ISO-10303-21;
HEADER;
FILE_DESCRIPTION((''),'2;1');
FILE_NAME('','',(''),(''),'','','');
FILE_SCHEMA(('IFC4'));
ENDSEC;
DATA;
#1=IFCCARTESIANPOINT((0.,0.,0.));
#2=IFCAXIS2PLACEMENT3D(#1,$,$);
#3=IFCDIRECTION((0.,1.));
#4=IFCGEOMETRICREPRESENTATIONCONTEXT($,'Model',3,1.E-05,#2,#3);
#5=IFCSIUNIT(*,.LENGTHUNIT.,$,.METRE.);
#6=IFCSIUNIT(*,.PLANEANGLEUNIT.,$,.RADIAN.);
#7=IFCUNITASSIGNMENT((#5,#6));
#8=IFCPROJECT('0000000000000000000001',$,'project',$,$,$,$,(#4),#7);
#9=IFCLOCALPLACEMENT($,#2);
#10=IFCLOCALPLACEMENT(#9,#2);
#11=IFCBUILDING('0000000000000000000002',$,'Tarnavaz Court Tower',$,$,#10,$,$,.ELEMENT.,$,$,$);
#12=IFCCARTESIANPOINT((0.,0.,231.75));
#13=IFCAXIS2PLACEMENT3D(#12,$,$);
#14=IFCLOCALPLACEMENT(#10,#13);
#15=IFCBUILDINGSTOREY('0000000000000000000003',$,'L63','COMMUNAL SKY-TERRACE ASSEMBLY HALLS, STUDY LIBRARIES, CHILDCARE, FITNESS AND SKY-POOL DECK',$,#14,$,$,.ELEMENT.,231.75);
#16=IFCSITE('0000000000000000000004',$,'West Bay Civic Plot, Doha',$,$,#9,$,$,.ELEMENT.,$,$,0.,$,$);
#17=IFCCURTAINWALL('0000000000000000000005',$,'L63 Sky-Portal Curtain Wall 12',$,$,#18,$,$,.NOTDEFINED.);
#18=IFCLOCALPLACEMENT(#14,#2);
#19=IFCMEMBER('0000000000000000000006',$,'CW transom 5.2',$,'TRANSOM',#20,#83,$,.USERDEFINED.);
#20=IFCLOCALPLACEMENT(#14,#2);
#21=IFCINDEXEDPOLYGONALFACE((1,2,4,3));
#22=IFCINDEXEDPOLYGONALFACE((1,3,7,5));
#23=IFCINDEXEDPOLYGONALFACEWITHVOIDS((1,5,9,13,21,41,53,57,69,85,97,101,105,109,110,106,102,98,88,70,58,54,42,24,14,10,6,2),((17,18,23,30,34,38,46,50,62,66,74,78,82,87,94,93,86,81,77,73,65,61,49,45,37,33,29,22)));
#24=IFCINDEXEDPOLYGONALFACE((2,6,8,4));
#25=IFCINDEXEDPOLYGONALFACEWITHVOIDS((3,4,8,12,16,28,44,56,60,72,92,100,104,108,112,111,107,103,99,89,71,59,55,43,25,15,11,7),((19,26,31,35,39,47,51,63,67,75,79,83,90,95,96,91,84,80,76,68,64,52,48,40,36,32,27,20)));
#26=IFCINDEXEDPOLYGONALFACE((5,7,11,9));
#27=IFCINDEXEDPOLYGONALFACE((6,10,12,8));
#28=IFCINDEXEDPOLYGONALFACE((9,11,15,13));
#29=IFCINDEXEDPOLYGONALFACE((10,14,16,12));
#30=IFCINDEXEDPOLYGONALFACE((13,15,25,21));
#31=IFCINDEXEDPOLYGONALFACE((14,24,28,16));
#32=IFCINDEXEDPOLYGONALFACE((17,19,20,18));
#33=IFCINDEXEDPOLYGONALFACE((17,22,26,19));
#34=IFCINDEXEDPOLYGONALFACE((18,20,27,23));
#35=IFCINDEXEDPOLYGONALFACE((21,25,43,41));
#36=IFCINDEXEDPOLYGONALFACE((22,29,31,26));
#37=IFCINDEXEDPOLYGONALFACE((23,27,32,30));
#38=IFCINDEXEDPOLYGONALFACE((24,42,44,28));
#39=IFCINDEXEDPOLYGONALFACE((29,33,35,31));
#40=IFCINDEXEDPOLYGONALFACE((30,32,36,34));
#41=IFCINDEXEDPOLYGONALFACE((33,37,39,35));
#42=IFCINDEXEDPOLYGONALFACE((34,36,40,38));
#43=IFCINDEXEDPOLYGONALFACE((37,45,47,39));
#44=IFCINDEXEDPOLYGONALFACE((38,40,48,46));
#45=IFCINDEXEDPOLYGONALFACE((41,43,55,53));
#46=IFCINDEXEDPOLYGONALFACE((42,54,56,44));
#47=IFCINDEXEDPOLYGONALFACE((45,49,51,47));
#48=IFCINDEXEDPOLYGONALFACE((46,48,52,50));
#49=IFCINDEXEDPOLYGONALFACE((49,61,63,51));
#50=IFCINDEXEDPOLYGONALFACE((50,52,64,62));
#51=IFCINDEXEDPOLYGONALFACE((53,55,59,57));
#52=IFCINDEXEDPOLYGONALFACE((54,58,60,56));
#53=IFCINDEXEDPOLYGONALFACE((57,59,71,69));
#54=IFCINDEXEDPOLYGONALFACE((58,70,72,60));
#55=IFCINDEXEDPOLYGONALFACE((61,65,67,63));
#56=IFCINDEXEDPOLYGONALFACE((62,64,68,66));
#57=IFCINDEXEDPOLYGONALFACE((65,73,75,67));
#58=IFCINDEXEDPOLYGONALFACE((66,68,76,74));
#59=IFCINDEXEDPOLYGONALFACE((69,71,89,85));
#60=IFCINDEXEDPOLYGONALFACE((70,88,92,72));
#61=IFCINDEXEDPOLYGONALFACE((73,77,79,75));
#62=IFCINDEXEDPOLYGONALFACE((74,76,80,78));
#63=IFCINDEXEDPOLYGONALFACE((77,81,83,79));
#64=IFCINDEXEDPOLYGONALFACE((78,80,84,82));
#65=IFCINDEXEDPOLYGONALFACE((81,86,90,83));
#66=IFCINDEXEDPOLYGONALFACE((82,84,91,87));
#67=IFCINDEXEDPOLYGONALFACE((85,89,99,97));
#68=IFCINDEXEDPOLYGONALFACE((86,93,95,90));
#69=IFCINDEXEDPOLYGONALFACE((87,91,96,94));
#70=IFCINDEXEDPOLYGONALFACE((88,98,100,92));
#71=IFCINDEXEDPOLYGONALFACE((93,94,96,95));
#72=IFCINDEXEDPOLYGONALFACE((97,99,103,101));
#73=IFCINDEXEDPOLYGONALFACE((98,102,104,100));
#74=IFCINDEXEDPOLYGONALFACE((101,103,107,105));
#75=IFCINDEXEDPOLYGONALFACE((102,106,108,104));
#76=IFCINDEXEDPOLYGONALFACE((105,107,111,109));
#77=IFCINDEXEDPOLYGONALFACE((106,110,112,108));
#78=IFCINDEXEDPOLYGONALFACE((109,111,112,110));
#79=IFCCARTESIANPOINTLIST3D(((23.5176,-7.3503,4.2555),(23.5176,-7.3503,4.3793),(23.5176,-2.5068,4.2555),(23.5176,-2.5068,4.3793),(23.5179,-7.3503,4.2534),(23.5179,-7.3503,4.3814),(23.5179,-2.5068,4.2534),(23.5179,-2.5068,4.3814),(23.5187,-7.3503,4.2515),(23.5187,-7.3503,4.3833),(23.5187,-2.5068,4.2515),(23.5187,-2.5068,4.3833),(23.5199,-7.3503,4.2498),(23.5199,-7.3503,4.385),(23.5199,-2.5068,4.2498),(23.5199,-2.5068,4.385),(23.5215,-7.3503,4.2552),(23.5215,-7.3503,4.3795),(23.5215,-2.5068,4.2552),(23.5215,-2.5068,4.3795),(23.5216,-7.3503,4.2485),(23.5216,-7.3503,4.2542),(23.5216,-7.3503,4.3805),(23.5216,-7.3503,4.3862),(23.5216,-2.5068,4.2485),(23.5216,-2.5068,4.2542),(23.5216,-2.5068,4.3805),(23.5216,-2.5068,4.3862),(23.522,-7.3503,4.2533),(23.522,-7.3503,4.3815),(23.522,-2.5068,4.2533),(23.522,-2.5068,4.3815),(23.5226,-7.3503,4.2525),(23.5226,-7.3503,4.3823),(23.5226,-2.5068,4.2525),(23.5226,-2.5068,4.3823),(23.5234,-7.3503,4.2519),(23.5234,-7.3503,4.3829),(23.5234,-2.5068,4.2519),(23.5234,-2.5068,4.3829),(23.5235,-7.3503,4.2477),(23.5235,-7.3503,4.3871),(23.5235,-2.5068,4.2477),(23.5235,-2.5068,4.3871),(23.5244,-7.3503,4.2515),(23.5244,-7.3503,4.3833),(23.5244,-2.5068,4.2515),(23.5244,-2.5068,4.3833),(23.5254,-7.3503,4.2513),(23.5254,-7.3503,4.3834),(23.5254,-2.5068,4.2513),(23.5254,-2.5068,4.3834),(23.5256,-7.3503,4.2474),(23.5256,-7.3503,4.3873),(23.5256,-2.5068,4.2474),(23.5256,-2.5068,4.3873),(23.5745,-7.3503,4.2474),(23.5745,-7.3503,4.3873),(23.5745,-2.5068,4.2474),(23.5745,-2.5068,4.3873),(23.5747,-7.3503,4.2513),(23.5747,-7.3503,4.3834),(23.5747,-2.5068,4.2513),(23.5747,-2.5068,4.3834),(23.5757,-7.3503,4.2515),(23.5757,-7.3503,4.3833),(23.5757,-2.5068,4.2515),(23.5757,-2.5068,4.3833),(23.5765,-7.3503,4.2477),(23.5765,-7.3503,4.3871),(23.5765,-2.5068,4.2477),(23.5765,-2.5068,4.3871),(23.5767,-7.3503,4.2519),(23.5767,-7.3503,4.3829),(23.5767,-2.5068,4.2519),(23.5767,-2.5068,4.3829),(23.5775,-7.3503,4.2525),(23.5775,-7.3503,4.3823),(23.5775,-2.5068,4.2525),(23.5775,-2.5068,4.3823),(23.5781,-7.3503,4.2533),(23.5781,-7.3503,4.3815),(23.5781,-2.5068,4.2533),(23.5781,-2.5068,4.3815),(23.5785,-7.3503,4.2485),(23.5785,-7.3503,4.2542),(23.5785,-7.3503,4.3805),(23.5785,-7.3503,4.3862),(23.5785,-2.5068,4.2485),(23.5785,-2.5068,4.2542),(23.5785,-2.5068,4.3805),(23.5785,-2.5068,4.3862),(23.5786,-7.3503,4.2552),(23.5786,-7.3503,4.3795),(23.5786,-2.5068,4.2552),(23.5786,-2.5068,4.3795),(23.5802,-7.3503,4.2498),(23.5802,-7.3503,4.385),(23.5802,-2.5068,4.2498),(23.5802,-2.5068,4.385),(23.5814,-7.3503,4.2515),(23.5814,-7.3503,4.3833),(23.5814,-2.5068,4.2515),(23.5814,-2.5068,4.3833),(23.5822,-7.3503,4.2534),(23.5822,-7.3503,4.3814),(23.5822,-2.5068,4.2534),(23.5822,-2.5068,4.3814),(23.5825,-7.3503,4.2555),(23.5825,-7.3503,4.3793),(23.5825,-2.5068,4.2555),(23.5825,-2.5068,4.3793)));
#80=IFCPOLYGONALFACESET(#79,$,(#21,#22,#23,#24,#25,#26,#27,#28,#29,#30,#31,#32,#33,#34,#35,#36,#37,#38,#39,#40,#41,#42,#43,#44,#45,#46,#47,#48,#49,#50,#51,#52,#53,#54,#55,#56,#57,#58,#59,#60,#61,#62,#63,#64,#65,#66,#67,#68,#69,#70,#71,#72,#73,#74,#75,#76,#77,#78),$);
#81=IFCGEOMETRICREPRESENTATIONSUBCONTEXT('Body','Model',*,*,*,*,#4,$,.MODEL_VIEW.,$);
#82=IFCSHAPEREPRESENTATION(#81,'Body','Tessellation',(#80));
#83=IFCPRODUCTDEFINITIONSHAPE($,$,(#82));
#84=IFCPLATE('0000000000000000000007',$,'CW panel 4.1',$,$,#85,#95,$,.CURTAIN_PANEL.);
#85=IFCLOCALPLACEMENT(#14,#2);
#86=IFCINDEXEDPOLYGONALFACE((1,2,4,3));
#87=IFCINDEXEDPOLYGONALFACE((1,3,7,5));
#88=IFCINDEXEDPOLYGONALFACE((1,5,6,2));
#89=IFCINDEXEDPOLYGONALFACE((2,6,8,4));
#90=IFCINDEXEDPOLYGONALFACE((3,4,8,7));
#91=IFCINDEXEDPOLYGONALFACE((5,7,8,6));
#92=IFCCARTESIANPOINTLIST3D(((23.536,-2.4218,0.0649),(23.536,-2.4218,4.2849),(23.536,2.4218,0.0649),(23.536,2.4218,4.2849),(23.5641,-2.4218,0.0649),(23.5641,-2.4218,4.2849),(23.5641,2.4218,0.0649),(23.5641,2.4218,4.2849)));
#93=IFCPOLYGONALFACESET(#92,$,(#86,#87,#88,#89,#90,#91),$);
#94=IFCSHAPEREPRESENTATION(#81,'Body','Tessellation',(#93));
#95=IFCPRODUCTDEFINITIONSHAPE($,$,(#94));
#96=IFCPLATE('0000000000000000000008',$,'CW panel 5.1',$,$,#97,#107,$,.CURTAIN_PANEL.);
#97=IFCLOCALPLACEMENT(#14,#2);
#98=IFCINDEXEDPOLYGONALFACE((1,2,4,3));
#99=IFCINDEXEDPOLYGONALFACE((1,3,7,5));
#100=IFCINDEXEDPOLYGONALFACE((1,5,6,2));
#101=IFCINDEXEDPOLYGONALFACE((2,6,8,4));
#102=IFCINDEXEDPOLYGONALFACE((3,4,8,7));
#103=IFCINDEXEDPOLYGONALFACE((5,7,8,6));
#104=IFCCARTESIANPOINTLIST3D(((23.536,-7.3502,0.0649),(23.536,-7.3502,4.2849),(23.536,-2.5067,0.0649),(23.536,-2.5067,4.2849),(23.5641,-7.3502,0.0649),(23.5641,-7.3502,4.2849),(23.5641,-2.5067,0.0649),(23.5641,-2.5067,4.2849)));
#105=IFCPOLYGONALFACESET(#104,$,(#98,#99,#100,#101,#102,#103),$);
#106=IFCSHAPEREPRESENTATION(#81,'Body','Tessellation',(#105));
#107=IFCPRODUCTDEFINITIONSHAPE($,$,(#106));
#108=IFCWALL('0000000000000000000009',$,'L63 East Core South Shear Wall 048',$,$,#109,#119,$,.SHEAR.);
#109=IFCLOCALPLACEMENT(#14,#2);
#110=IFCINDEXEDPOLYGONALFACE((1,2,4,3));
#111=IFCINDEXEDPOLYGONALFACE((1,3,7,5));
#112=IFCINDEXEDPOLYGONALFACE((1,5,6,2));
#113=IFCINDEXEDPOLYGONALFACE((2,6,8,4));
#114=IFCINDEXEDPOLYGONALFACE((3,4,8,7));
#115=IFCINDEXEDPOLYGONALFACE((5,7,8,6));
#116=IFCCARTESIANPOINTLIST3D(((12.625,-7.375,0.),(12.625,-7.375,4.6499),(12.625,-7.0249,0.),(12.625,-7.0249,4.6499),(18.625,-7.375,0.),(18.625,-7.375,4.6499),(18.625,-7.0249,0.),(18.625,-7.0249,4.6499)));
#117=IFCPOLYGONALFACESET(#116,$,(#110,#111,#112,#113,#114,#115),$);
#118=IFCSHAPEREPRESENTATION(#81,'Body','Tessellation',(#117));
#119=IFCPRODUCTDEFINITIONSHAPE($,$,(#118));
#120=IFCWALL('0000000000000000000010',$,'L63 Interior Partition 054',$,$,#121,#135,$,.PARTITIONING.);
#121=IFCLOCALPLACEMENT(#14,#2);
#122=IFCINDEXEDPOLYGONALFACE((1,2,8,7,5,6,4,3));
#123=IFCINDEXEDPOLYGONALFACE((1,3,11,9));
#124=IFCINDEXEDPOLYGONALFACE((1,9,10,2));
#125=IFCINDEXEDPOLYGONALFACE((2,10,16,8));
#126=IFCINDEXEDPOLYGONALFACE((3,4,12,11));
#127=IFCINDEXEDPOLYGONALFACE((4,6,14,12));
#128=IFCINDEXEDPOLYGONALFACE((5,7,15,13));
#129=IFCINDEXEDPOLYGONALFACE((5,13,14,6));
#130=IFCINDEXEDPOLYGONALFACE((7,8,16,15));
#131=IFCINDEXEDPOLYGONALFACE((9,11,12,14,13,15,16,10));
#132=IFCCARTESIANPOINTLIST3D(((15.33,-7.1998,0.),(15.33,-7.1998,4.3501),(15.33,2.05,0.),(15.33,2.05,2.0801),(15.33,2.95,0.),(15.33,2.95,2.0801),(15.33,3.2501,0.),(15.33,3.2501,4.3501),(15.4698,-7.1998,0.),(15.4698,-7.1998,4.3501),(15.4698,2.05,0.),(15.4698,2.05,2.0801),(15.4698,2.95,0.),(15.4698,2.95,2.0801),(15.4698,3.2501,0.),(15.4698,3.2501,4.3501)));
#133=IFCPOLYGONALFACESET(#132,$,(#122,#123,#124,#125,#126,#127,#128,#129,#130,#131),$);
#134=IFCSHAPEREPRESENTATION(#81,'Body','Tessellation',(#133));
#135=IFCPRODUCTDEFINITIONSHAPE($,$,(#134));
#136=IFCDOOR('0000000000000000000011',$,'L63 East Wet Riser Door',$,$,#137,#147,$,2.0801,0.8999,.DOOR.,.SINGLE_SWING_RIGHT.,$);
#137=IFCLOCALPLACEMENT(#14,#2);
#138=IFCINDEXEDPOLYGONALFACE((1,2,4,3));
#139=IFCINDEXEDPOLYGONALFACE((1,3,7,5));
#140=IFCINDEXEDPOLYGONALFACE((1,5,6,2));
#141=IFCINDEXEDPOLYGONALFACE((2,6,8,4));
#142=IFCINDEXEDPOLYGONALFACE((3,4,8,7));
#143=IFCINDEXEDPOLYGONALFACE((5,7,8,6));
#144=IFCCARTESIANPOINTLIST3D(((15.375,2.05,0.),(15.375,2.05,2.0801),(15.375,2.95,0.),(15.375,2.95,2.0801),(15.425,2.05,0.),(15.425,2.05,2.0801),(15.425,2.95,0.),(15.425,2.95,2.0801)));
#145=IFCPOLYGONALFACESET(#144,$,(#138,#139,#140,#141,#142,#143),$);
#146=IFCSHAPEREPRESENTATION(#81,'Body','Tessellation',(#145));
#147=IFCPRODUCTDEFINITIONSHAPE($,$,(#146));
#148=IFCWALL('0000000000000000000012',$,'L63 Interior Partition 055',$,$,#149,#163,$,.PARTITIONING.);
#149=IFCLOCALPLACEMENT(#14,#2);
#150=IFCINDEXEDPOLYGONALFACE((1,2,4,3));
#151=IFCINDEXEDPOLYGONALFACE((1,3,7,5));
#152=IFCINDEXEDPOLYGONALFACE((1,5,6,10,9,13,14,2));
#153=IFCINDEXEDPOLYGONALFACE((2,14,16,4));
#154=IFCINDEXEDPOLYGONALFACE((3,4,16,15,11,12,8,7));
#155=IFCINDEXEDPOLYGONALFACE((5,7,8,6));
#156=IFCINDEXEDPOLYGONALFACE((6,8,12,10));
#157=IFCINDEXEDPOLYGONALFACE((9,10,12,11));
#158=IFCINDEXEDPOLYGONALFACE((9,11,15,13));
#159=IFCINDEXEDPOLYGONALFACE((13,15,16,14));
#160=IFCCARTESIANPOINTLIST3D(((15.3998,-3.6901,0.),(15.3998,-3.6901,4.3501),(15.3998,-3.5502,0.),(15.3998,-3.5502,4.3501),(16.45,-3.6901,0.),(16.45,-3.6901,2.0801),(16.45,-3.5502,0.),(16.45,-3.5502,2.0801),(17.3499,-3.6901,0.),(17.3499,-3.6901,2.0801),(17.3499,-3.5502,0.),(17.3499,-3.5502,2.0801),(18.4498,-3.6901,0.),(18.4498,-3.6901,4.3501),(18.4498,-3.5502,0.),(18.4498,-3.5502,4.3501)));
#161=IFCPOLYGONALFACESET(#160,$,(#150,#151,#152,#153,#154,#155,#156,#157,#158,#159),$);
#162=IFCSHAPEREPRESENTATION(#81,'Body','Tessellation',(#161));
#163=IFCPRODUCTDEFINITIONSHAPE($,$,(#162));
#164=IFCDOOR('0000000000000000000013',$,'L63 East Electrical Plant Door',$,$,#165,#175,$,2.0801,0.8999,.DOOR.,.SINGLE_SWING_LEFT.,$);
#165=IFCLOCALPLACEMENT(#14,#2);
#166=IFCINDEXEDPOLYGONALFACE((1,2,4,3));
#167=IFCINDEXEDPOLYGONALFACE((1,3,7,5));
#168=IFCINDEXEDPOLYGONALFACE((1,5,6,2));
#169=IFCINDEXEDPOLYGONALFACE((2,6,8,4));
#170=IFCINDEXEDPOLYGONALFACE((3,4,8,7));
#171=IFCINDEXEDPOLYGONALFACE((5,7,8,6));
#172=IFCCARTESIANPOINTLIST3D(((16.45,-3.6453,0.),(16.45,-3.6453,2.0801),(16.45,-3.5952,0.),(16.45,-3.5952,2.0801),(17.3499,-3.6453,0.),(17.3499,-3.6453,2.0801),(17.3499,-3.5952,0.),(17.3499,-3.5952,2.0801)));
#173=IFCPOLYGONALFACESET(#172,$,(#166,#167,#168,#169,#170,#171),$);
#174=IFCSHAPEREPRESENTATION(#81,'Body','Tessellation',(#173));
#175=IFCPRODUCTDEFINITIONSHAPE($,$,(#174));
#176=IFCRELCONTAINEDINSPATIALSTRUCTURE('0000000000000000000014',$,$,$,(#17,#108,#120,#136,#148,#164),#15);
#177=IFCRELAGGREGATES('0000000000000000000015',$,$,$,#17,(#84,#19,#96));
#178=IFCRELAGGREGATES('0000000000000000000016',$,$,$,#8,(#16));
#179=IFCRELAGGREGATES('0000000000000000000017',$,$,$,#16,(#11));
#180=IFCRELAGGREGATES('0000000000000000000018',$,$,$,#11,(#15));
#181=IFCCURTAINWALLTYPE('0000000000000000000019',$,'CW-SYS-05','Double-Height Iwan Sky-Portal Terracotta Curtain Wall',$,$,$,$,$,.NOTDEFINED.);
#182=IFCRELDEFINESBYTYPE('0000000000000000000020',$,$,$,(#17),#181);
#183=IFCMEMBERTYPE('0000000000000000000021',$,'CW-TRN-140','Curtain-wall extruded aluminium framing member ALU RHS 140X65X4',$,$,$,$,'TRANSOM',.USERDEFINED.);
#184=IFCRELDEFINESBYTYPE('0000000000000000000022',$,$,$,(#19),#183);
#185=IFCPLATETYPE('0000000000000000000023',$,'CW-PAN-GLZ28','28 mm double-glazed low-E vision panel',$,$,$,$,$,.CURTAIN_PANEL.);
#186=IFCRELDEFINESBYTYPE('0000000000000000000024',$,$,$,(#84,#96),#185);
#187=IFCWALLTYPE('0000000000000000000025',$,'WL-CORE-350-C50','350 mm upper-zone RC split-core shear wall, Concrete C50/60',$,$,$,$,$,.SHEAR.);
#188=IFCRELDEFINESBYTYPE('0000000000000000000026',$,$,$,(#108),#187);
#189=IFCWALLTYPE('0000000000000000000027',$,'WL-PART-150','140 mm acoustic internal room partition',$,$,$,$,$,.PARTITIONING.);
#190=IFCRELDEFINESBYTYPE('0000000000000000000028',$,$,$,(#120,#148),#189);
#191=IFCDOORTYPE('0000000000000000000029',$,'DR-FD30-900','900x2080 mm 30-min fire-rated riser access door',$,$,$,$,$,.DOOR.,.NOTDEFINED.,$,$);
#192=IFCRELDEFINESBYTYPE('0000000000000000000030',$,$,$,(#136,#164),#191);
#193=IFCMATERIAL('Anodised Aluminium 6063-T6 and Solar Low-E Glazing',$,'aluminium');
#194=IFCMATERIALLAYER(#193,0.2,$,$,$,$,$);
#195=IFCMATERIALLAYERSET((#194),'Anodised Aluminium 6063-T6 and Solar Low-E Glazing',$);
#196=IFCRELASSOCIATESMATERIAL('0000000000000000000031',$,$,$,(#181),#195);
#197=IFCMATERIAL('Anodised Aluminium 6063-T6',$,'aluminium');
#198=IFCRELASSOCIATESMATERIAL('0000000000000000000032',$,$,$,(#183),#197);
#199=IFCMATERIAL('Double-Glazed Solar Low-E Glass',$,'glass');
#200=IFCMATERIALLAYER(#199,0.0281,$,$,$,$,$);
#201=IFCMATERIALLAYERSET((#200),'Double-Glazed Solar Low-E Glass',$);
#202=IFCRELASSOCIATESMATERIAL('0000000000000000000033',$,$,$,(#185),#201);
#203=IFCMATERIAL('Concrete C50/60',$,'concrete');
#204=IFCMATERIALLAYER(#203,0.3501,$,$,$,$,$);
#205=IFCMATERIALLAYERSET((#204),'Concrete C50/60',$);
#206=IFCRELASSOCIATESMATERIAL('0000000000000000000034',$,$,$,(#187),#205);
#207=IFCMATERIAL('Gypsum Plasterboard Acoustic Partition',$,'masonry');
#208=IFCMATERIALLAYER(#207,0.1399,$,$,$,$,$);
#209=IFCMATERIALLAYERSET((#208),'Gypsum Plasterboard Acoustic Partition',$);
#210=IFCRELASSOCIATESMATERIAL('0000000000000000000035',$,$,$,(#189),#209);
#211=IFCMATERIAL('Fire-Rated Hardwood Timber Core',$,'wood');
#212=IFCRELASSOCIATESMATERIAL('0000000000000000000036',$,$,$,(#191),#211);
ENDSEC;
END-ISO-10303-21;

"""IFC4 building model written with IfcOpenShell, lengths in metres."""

from ifc_helpers import new_model, si_unit, direction, frame, frame_2d, origin, origin_2d, place, context, subcontext, project, spatial, rectangle, hollow_rectangle, extrude, material, layer, layer_set, material_profile, profile_set, type_object, element, fill, aggregate, save


model = new_model("IFC4")

# Units and contexts
model_context = context("Model", 3, precision=1e-05, world=origin(), true_north=direction((0.0, 1.0)))
body_context = subcontext(model_context, "Body", "Model", "MODEL_VIEW")
ifc_project = project(units=[si_unit("LENGTHUNIT", "METRE"), si_unit("PLANEANGLEUNIT", "RADIAN")], contexts=[model_context])

# Site, building, storey
site_placement = place(None, origin())
site = spatial("IfcSite", under=ifc_project, at=site_placement, Name="West Bay Civic Plot, Doha", CompositionType="ELEMENT", RefElevation=0.0)
building_placement = place(site_placement, origin())
building = spatial("IfcBuilding", under=site, at=building_placement, Name="Tarnavaz Court Tower", CompositionType="ELEMENT")
storey_placement = place(building_placement, frame((0.0, 0.0, 231.75)))
storey = spatial("IfcBuildingStorey", under=building, at=storey_placement, Name="L63", Description="COMMUNAL SKY-TERRACE ASSEMBLY HALLS, STUDY LIBRARIES, CHILDCARE, FITNESS AND SKY-POOL DECK", CompositionType="ELEMENT", Elevation=231.75)

# Shared definitions
ifc_material_1 = material(Name="Concrete C50/60", Category="concrete")

# Curtain wall, member, plates
ifc_material_2 = material(Name="Anodised Aluminium 6063-T6 and Solar Low-E Glazing", Category="aluminium")
ifc_layer_1 = layer(ifc_material_2, 0.2)
ifc_layer_set_1 = layer_set([ifc_layer_1], Name="Anodised Aluminium 6063-T6 and Solar Low-E Glazing")
curtain_wall_type = type_object("IfcCurtainWallType", Name="CW-SYS-05", Description="Double-Height Iwan Sky-Portal Terracotta Curtain Wall", PredefinedType="NOTDEFINED", material=ifc_layer_set_1)
curtain_wall_placement = place(storey_placement, origin())
curtain_wall = element("IfcCurtainWall", 1, at=curtain_wall_placement, inside=storey, type_object=curtain_wall_type, Name="L63 Sky-Portal Curtain Wall 12", PredefinedType="NOTDEFINED")
ifc_material_3 = material(Name="Anodised Aluminium 6063-T6", Category="aluminium")
ifc_material_profile_1 = material_profile(ifc_material_3, hollow_rectangle(XDim=0.0649, YDim=0.1399, WallThickness=0.0039, InnerFilletRadius=0.0039, OuterFilletRadius=0.0081, at=origin_2d()), Name="ALU RHS 140X65X4")
ifc_profile_set_1 = profile_set([ifc_material_profile_1], Name="Anodised Aluminium 6063-T6")
member_type_1 = type_object("IfcMemberType", Name="CW-TRN-140", Description="Curtain-wall extruded aluminium framing member ALU RHS 140X65X4", ElementType="TRANSOM", PredefinedType="USERDEFINED", material=ifc_profile_set_1)
member_1_placement = place(storey_placement, frame((23.55, -2.5068, 4.3174), z_axis=(0.0, -1.0, 0.0), x_axis=(1.0, 0.0, 0.0)))
member_1 = element("IfcMember", 2, at=member_1_placement, type_object=member_type_1, Name="CW transom 5.2", ObjectType="TRANSOM", PredefinedType="USERDEFINED", context=body_context, shape_type="SweptSolid", body=[
    extrude(hollow_rectangle(XDim=0.0649, YDim=0.1399, WallThickness=0.0039, InnerFilletRadius=0.0039, OuterFilletRadius=0.0081, at=origin_2d()), origin(), (0.0, 0.0, 1.0), 4.8435),
])
ifc_material_4 = material(Name="Double-Glazed Solar Low-E Glass", Category="glass")
ifc_layer_2 = layer(ifc_material_4, 0.0281)
ifc_layer_set_2 = layer_set([ifc_layer_2], Name="Double-Glazed Solar Low-E Glass")
plate_type = type_object("IfcPlateType", Name="CW-PAN-GLZ28", Description="28 mm double-glazed low-E vision panel", PredefinedType="CURTAIN_PANEL", material=ifc_layer_set_2)
plate_1_placement = place(storey_placement, frame((23.55, 0.0, 0.0649), z_axis=(0.0, 0.0, 1.0), x_axis=(0.0, -1.0, 0.0)))
plate_1 = element("IfcPlate", 3, at=plate_1_placement, type_object=plate_type, Name="CW panel 4.1", PredefinedType="CURTAIN_PANEL", context=body_context, shape_type="SweptSolid", body=[
    extrude(rectangle(XDim=4.8435, YDim=0.0281, at=origin_2d()), origin(), (0.0, 0.0, 1.0), 4.22),
])
plate_2_placement = place(storey_placement, frame((23.55, -4.9285, 0.0649), z_axis=(0.0, 0.0, 1.0), x_axis=(0.0, -1.0, 0.0)))
plate_2 = element("IfcPlate", 4, at=plate_2_placement, type_object=plate_type, Name="CW panel 5.1", PredefinedType="CURTAIN_PANEL", context=body_context, shape_type="SweptSolid", body=[
    extrude(rectangle(XDim=4.8435, YDim=0.0281, at=origin_2d()), origin(), (0.0, 0.0, 1.0), 4.22),
])
aggregate(curtain_wall, [plate_1, member_1, plate_2])

# Wall
ifc_layer_3 = layer(ifc_material_1, 0.3501)
ifc_layer_set_3 = layer_set([ifc_layer_3], Name="Concrete C50/60")
wall_type_1 = type_object("IfcWallType", Name="WL-CORE-350-C50", Description="350 mm upper-zone RC split-core shear wall, Concrete C50/60", PredefinedType="SHEAR", material=ifc_layer_set_3)
wall_1_placement = place(storey_placement, frame((12.625, -7.2, 0.0), z_axis=(0.0, 0.0, 1.0), x_axis=(1.0, 0.0, 0.0)))
element("IfcWall", 5, at=wall_1_placement, inside=storey, type_object=wall_type_1, Name="L63 East Core South Shear Wall 048", PredefinedType="SHEAR", context=body_context, shape_type="SweptSolid", body=[
    extrude(rectangle(XDim=6.0, YDim=0.3501, at=frame_2d((3.0, 0.0))), origin(), (0.0, 0.0, 1.0), 4.6499),
])

# Walls, openings, doors
ifc_material_5 = material(Name="Gypsum Plasterboard Acoustic Partition", Category="masonry")
ifc_layer_4 = layer(ifc_material_5, 0.1399)
ifc_layer_set_4 = layer_set([ifc_layer_4], Name="Gypsum Plasterboard Acoustic Partition")
wall_type_2 = type_object("IfcWallType", Name="WL-PART-150", Description="140 mm acoustic internal room partition", PredefinedType="PARTITIONING", material=ifc_layer_set_4)
wall_2_placement = place(storey_placement, frame((15.3999, -7.2, 0.0), z_axis=(0.0, 0.0, 1.0), x_axis=(0.0, 1.0, 0.0)))
wall_2 = element("IfcWall", 6, at=wall_2_placement, inside=storey, type_object=wall_type_2, Name="L63 Interior Partition 054", PredefinedType="PARTITIONING", context=body_context, shape_type="SweptSolid", body=[
    extrude(rectangle(XDim=10.45, YDim=0.1399, at=frame_2d((5.2251, 0.0))), origin(), (0.0, 0.0, 1.0), 4.3501),
])
opening_1_placement = place(wall_2_placement, frame((9.25, 0.0, 0.0)))
opening_1 = element("IfcOpeningElement", 7, at=opening_1_placement, cuts=wall_2, PredefinedType="OPENING", context=body_context, shape_type="SweptSolid", body=[
    extrude(rectangle(XDim=0.8999, YDim=2.0801, at=frame_2d((0.45, 1.04))), frame((0.0, 0.0798, 0.0), z_axis=(0.0, -1.0, 0.0), x_axis=(1.0, 0.0, 0.0)), (0.0, 0.0, 1.0), 0.1599),
])
ifc_material_6 = material(Name="Fire-Rated Hardwood Timber Core", Category="wood")
door_type_1 = type_object("IfcDoorType", Name="DR-FD30-900", Description="900x2080 mm 30-min fire-rated riser access door", OperationType="NOTDEFINED", PredefinedType="DOOR", material=ifc_material_6)
door_1_placement = place(opening_1_placement, origin())
door_1 = element("IfcDoor", 8, at=door_1_placement, inside=storey, type_object=door_type_1, Name="L63 East Wet Riser Door", OperationType="SINGLE_SWING_RIGHT", OverallHeight=2.0801, OverallWidth=0.8999, PredefinedType="DOOR", context=body_context, shape_type="SweptSolid", body=[
    extrude(rectangle(XDim=0.8999, YDim=2.0801, at=frame_2d((0.45, 1.04))), frame((0.0, 0.0249, 0.0), z_axis=(0.0, -1.0, 0.0), x_axis=(1.0, 0.0, 0.0)), (0.0, 0.0, 1.0), 0.05),
])
fill(opening_1, door_1)
wall_3_placement = place(storey_placement, frame((15.3999, -3.6201, 0.0), z_axis=(0.0, 0.0, 1.0), x_axis=(1.0, 0.0, 0.0)))
wall_3 = element("IfcWall", 9, at=wall_3_placement, inside=storey, type_object=wall_type_2, Name="L63 Interior Partition 055", PredefinedType="PARTITIONING", context=body_context, shape_type="SweptSolid", body=[
    extrude(rectangle(XDim=3.05, YDim=0.1399, at=frame_2d((1.5249, 0.0))), origin(), (0.0, 0.0, 1.0), 4.3501),
])
opening_2_placement = place(wall_3_placement, frame((1.05, 0.0, 0.0)))
opening_2 = element("IfcOpeningElement", 10, at=opening_2_placement, cuts=wall_3, PredefinedType="OPENING", context=body_context, shape_type="SweptSolid", body=[
    extrude(rectangle(XDim=0.8999, YDim=2.0801, at=frame_2d((0.45, 1.04))), frame((0.0, 0.0798, 0.0), z_axis=(0.0, -1.0, 0.0), x_axis=(1.0, 0.0, 0.0)), (0.0, 0.0, 1.0), 0.1599),
])
door_2_placement = place(opening_2_placement, origin())
door_2 = element("IfcDoor", 11, at=door_2_placement, inside=storey, type_object=door_type_1, Name="L63 East Electrical Plant Door", OperationType="SINGLE_SWING_LEFT", OverallHeight=2.0801, OverallWidth=0.8999, PredefinedType="DOOR", context=body_context, shape_type="SweptSolid", body=[
    extrude(rectangle(XDim=0.8999, YDim=2.0801, at=frame_2d((0.45, 1.04))), frame((0.0, 0.0249, 0.0), z_axis=(0.0, -1.0, 0.0), x_axis=(1.0, 0.0, 0.0)), (0.0, 0.0, 1.0), 0.05),
])
fill(opening_2, door_2)

save(model, "model.ifc")
